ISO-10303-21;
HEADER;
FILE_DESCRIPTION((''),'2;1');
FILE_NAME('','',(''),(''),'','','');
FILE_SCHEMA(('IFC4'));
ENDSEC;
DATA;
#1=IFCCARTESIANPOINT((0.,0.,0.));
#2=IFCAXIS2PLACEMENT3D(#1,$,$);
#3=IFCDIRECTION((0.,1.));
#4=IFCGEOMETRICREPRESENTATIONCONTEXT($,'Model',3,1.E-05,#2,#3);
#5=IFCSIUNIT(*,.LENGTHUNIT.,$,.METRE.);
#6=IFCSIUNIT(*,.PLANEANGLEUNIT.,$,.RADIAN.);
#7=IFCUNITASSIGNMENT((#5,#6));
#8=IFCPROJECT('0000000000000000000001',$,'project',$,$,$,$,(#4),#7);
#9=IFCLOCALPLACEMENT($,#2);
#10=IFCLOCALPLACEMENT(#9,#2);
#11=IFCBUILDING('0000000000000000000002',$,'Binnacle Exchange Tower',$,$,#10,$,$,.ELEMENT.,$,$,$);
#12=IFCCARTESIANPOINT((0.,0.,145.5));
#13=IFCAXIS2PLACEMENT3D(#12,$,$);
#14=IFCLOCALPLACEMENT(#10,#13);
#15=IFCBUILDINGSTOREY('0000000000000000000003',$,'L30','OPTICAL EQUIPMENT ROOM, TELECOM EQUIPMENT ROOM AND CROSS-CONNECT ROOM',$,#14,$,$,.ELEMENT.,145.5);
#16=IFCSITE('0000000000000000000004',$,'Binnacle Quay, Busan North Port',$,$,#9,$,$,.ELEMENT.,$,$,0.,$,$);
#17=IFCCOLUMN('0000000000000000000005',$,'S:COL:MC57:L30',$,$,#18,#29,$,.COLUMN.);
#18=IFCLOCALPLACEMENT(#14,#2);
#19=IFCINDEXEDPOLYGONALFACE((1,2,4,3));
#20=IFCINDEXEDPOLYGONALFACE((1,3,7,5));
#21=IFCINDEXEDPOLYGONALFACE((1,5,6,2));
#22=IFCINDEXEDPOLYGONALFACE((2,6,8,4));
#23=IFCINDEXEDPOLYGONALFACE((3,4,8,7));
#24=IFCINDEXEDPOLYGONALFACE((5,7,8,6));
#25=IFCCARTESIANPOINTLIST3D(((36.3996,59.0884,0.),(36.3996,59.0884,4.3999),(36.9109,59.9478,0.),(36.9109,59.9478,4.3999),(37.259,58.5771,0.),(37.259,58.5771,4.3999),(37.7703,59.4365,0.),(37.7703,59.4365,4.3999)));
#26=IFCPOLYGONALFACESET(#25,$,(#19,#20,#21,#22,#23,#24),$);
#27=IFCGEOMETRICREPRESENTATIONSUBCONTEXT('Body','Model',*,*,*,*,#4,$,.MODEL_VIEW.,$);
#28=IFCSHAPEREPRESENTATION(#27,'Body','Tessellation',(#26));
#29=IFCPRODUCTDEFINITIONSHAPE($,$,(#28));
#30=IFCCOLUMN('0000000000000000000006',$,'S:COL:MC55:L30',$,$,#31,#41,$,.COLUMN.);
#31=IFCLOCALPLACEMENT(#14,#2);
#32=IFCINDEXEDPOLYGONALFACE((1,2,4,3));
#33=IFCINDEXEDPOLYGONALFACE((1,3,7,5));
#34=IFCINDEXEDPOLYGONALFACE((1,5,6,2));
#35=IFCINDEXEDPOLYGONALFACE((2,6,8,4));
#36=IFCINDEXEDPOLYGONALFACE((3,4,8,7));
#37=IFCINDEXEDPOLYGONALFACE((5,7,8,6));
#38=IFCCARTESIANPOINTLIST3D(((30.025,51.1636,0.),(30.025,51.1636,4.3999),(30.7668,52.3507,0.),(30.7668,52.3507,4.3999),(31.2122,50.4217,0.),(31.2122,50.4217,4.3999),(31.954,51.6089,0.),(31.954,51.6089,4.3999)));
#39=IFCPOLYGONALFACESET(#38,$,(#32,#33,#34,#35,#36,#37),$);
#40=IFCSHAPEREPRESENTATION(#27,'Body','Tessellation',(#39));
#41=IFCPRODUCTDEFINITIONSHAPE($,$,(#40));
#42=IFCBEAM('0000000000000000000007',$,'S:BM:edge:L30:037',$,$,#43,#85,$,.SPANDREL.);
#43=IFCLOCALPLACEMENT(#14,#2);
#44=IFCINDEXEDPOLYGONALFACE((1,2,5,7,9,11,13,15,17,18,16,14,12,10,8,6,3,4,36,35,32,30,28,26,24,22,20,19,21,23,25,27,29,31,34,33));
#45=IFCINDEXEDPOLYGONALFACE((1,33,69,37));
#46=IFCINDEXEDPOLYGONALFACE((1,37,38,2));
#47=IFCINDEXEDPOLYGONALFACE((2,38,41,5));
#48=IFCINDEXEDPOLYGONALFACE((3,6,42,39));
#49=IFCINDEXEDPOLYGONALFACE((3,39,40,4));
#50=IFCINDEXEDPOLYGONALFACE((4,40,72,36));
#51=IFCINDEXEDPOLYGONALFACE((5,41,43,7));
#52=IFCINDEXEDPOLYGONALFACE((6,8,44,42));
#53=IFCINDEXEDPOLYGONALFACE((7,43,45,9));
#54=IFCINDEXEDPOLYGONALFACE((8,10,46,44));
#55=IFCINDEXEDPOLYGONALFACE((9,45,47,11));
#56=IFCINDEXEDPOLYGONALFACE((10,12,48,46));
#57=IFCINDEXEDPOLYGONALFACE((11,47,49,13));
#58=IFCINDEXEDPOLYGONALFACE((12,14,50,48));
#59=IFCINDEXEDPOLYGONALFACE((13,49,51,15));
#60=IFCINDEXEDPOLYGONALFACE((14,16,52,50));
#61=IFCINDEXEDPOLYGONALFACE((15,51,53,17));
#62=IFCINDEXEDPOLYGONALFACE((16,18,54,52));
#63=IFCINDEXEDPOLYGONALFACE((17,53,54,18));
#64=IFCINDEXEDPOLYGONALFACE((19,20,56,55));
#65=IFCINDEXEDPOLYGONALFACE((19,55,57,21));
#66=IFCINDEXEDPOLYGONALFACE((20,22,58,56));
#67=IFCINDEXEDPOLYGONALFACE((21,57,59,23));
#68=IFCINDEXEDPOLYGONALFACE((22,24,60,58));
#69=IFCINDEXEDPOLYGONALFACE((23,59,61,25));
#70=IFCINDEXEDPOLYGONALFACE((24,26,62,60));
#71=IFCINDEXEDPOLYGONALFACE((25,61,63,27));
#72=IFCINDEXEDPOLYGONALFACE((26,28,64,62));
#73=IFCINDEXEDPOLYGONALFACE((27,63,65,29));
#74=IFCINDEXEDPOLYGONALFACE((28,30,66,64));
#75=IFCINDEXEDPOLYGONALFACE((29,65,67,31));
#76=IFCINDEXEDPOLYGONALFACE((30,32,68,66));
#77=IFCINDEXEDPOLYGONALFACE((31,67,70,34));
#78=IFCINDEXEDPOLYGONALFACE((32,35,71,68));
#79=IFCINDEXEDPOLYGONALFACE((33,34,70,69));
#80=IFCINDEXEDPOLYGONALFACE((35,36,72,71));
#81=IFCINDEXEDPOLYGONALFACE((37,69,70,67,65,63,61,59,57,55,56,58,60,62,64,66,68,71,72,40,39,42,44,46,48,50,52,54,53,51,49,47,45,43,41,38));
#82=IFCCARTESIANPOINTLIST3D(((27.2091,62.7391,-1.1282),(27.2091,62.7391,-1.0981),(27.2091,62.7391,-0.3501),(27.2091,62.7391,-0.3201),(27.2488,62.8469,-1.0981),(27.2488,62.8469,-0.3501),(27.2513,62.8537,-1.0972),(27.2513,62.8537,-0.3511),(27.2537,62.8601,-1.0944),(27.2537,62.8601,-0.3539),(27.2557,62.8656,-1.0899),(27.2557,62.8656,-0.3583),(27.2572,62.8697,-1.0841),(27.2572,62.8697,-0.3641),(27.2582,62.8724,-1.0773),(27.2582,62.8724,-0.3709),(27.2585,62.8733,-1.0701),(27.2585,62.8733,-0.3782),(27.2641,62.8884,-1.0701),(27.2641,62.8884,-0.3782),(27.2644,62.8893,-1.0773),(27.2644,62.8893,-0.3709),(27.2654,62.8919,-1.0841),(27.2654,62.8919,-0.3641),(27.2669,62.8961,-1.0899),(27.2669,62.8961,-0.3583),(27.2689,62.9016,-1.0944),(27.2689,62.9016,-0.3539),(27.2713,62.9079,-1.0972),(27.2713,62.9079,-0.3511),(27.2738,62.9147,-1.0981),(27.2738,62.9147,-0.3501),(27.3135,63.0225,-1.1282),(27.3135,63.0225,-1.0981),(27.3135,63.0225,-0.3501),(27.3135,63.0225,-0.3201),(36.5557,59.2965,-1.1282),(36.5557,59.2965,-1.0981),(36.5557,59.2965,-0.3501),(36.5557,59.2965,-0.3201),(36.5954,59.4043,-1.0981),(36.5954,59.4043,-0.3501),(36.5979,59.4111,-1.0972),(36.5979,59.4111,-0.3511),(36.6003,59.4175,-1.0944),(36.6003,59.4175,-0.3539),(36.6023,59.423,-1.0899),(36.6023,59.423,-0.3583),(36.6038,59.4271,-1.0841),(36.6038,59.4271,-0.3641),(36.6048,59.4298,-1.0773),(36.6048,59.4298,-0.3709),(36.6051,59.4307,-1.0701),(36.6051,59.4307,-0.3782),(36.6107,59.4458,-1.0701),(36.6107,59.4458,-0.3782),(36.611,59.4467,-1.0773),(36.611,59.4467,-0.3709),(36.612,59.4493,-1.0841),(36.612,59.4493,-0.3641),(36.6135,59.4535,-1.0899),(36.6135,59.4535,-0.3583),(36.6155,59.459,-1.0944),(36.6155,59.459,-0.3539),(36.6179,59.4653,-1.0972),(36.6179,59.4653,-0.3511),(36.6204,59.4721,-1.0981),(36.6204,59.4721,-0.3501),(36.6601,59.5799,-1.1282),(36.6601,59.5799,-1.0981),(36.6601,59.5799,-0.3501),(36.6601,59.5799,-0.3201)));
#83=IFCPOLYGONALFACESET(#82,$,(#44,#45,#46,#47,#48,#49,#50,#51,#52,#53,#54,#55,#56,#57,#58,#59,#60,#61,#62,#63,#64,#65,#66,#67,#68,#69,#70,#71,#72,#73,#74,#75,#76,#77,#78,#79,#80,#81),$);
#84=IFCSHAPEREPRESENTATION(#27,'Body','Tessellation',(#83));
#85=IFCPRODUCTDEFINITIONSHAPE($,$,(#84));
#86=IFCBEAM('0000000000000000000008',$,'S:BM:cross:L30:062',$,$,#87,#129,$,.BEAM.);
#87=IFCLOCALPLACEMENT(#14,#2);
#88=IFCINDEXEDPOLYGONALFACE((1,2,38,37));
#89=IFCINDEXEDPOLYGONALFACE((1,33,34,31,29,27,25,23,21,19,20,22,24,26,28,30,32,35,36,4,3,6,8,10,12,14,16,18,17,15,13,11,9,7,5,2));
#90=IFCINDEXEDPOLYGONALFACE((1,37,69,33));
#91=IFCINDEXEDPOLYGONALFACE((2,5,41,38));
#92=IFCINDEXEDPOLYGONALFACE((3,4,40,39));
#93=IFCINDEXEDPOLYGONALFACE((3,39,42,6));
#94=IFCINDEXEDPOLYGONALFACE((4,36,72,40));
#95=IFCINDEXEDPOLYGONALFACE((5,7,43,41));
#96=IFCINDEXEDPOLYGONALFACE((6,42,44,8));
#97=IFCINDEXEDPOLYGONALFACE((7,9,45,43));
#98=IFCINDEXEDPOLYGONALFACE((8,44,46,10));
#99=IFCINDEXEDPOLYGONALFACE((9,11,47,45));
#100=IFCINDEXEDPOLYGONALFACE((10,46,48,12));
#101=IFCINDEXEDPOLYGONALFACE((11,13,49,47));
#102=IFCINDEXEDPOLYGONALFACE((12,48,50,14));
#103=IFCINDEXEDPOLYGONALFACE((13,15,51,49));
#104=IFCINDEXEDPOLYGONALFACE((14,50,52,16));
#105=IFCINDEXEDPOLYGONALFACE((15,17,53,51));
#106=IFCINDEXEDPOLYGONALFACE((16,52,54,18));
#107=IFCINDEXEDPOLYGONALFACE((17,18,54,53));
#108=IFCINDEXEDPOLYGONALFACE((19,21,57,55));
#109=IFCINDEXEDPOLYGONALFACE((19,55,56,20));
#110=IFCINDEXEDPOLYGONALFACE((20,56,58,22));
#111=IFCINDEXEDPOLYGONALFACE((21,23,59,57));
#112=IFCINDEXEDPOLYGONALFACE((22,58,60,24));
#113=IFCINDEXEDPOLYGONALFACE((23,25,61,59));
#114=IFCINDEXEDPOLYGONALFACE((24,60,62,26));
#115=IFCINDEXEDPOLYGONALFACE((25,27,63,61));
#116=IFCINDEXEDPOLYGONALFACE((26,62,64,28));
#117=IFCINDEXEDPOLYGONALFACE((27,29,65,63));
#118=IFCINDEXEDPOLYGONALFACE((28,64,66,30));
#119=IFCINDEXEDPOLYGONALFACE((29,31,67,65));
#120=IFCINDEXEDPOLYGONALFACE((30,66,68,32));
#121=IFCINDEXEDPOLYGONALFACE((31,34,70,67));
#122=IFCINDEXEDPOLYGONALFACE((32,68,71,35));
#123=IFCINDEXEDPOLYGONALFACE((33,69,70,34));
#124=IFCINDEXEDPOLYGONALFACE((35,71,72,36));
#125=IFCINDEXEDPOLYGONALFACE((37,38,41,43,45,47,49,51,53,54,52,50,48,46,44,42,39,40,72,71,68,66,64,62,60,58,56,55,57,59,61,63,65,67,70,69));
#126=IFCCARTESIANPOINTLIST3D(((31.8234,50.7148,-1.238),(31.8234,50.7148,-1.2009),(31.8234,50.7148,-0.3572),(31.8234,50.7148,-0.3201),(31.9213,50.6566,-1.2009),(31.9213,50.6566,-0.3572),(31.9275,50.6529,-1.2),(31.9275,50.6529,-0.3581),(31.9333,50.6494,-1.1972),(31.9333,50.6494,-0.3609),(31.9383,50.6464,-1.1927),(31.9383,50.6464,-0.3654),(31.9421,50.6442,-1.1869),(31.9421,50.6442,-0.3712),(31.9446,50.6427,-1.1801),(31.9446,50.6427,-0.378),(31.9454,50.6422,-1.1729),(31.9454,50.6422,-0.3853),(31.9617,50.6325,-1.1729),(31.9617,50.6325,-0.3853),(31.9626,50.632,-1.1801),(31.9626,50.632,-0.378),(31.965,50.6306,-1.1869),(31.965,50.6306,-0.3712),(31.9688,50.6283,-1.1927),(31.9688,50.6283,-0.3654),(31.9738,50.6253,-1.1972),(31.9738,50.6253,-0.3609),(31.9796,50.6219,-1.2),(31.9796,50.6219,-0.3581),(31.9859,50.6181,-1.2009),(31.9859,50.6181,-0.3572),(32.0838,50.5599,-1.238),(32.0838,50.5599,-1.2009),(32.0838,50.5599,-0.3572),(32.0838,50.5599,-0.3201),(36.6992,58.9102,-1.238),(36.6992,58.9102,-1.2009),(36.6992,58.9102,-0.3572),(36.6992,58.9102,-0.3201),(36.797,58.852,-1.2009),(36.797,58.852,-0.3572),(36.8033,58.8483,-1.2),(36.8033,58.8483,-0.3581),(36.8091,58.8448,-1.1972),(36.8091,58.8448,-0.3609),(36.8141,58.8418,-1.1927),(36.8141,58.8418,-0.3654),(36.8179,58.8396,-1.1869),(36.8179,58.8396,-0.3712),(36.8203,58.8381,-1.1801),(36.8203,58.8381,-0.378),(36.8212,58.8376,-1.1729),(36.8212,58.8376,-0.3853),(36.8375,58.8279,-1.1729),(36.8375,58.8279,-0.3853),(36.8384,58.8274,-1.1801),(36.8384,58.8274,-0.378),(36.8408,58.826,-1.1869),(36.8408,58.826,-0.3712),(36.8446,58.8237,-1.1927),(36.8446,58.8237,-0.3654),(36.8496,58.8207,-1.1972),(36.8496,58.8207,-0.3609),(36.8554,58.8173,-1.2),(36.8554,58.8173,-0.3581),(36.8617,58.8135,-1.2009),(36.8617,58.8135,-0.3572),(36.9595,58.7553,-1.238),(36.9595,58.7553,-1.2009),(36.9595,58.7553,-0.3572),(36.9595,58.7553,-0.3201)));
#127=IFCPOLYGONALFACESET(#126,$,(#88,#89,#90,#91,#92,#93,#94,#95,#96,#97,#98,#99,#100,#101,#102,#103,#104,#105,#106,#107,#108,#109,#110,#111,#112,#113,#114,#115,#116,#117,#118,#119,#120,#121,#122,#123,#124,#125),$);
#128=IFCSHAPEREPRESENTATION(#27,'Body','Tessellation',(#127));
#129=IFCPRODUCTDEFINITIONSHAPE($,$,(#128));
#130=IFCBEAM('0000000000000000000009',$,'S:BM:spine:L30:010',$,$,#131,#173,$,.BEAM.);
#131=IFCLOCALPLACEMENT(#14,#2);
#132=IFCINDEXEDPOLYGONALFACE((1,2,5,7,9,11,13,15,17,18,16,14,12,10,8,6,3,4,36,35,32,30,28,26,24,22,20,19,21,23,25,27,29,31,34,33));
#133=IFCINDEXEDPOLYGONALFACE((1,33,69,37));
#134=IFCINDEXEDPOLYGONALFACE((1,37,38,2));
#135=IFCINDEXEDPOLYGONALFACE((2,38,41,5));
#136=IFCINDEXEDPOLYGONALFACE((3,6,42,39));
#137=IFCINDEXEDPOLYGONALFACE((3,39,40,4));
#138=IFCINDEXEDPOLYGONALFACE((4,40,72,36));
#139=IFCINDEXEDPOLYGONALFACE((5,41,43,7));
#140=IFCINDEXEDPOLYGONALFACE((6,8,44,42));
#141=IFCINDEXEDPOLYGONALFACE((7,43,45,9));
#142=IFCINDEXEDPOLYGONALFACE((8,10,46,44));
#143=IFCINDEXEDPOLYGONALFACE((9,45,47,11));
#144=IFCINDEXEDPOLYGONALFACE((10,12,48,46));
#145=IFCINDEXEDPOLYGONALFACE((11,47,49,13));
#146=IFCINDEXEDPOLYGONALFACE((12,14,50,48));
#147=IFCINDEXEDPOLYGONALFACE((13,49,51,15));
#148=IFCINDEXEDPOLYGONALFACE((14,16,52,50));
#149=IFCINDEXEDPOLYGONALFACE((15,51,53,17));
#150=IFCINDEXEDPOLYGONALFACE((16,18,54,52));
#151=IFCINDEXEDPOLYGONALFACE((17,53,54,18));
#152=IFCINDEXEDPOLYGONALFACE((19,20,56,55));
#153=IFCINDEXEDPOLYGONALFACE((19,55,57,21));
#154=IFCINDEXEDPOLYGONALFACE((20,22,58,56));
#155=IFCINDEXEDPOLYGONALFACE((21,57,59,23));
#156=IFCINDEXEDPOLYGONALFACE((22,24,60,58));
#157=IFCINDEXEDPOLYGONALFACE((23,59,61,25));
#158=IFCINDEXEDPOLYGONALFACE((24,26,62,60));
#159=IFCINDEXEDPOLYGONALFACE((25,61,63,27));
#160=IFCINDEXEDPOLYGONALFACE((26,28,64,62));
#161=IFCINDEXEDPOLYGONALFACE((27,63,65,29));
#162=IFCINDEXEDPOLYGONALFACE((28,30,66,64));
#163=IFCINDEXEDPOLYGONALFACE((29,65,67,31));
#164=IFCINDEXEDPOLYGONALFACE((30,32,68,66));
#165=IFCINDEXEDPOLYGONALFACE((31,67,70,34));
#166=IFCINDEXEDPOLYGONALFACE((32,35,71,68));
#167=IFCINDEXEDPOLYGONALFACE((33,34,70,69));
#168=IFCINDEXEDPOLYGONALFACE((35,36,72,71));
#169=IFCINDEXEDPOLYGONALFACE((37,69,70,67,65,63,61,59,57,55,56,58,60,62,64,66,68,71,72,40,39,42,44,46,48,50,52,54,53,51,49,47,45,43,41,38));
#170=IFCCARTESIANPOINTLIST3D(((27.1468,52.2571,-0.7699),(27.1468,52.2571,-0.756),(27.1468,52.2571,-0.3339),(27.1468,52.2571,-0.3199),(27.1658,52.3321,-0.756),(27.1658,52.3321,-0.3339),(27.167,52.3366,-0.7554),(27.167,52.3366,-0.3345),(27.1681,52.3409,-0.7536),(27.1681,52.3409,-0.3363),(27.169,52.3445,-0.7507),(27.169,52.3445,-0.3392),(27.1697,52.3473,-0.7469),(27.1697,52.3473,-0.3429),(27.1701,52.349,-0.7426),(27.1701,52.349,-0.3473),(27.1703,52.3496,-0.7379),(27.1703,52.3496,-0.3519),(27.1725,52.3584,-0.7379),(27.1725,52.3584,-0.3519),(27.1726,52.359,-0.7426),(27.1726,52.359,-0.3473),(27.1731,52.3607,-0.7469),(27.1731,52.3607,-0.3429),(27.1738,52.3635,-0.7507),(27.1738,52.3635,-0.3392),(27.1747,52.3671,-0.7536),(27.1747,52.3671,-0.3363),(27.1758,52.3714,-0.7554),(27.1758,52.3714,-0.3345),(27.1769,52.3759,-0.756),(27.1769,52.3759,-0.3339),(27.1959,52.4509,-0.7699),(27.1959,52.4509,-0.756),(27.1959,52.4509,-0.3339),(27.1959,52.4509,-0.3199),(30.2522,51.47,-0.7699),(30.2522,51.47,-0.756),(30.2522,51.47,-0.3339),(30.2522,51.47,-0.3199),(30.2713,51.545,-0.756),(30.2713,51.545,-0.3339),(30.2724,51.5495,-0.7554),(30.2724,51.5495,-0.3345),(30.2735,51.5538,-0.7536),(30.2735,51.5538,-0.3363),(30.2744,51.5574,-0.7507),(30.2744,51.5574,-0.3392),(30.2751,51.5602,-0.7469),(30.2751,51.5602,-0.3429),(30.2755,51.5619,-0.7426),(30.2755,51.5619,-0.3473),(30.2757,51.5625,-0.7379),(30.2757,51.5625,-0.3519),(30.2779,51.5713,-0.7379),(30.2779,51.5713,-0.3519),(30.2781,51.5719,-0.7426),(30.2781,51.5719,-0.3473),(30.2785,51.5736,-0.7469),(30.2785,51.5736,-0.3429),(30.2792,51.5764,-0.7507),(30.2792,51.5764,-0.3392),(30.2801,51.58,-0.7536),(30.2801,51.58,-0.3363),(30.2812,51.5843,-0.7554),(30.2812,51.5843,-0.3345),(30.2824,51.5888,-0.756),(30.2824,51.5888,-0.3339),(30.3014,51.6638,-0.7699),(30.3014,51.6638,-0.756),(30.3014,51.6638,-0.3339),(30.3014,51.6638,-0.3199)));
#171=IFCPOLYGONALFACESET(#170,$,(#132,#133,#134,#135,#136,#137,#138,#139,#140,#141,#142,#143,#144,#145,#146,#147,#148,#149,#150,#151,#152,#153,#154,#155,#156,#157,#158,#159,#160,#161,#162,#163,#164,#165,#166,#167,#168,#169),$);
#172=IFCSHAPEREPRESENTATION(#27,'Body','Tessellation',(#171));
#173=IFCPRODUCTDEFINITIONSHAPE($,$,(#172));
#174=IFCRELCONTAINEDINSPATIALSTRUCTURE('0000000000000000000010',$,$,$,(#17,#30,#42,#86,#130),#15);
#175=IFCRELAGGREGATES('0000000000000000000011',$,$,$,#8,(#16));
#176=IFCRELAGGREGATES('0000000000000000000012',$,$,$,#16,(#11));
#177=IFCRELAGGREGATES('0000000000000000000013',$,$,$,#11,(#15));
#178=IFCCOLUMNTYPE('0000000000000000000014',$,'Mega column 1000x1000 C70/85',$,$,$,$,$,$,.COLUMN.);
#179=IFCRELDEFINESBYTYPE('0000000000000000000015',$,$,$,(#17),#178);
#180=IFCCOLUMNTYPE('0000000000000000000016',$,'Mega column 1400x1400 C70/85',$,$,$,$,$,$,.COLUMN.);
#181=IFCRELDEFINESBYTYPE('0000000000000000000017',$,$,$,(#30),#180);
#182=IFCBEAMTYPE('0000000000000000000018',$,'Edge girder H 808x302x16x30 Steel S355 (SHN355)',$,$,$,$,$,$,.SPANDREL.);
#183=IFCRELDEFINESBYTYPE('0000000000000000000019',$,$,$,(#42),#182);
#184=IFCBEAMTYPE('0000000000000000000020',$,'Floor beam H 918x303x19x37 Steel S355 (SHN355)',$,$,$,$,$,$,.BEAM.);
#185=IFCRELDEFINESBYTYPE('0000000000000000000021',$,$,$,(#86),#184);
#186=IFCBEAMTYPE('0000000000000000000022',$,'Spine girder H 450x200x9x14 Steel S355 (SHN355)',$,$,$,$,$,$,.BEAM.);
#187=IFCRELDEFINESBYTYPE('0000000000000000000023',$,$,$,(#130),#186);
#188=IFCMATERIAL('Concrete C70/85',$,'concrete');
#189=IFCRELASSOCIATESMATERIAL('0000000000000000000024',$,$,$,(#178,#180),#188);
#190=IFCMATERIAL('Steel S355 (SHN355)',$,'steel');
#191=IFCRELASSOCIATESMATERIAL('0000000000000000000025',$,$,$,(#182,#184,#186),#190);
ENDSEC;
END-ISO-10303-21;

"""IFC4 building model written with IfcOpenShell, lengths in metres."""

from ifc_helpers import new_model, si_unit, direction, frame, origin, origin_2d, place, context, subcontext, project, spatial, rectangle, i_section, extrude, material, material_profile, profile_set, type_object, element, save


model = new_model("IFC4")

# Units and contexts
model_context = context("Model", 3, precision=1e-05, world=origin(), true_north=direction((0.0, 1.0)))
body_context = subcontext(model_context, "Body", "Model", "MODEL_VIEW")
ifc_project = project(units=[si_unit("LENGTHUNIT", "METRE"), si_unit("PLANEANGLEUNIT", "RADIAN")], contexts=[model_context])

# Site, building, storey
site_placement = place(None, origin())
site = spatial("IfcSite", under=ifc_project, at=site_placement, Name="Binnacle Quay, Busan North Port", CompositionType="ELEMENT", RefElevation=0.0)
building_placement = place(site_placement, origin())
building = spatial("IfcBuilding", under=site, at=building_placement, Name="Binnacle Exchange Tower", CompositionType="ELEMENT")
storey_placement = place(building_placement, frame((0.0, 0.0, 145.5)))
storey = spatial("IfcBuildingStorey", under=building, at=storey_placement, Name="L30", Description="OPTICAL EQUIPMENT ROOM, TELECOM EQUIPMENT ROOM AND CROSS-CONNECT ROOM", CompositionType="ELEMENT", Elevation=145.5)

# Columns
ifc_material_1 = material(Name="Concrete C70/85", Category="concrete")
ifc_material_profile_1 = material_profile(ifc_material_1, rectangle(XDim=1.0, YDim=1.0, at=origin_2d()), Name="Mega column 1000x1000 C70/85")
ifc_profile_set_1 = profile_set([ifc_material_profile_1], Name="Concrete C70/85")
column_type_1 = type_object("IfcColumnType", Name="Mega column 1000x1000 C70/85", PredefinedType="COLUMN", material=ifc_profile_set_1)
column_1_placement = place(storey_placement, frame((37.085, 59.2625, 0.0), z_axis=(0.0, 0.0, 1.0), x_axis=(-0.859406, 0.511293, 0.0)))
element("IfcColumn", 1, at=column_1_placement, inside=storey, type_object=column_type_1, Name="S:COL:MC57:L30", PredefinedType="COLUMN", context=body_context, shape_type="SweptSolid", body=[
    extrude(rectangle(XDim=1.0, YDim=1.0, at=origin_2d()), origin(), (0.0, 0.0, 1.0), 4.3999),
])
ifc_material_profile_2 = material_profile(ifc_material_1, rectangle(XDim=1.3999, YDim=1.3999, at=origin_2d()), Name="Mega column 1400x1400 C70/85")
ifc_profile_set_2 = profile_set([ifc_material_profile_2], Name="Concrete C70/85")
column_type_2 = type_object("IfcColumnType", Name="Mega column 1400x1400 C70/85", PredefinedType="COLUMN", material=ifc_profile_set_2)
column_2_placement = place(storey_placement, frame((30.9895, 51.3862, 0.0), z_axis=(0.0, 0.0, 1.0), x_axis=(0.529919, 0.848048, 0.0)))
element("IfcColumn", 2, at=column_2_placement, inside=storey, type_object=column_type_2, Name="S:COL:MC55:L30", PredefinedType="COLUMN", context=body_context, shape_type="SweptSolid", body=[
    extrude(rectangle(XDim=1.3999, YDim=1.3999, at=origin_2d()), origin(), (0.0, 0.0, 1.0), 4.3999),
])

# Beams
ifc_material_2 = material(Name="Steel S355 (SHN355)", Category="steel")
ifc_material_profile_3 = material_profile(ifc_material_2, i_section(OverallWidth=0.302, OverallDepth=0.8081, WebThickness=0.0161, FlangeThickness=0.03, FilletRadius=0.0281, at=origin_2d()), Name="H 808x302x16x30")
ifc_profile_set_3 = profile_set([ifc_material_profile_3], Name="Steel S355 (SHN355)")
beam_type_1 = type_object("IfcBeamType", Name="Edge girder H 808x302x16x30 Steel S355 (SHN355)", PredefinedType="SPANDREL", material=ifc_profile_set_3)
beam_1_placement = place(storey_placement, frame((36.6079, 59.4382, -0.7241), z_axis=(-0.938372, 0.345627, 0.0), x_axis=(-0.345627, -0.938372, 0.0)))
element("IfcBeam", 3, at=beam_1_placement, inside=storey, type_object=beam_type_1, Name="S:BM:edge:L30:037", PredefinedType="SPANDREL", context=body_context, shape_type="SweptSolid", body=[
    extrude(i_section(OverallWidth=0.302, OverallDepth=0.8081, WebThickness=0.0161, FlangeThickness=0.03, FilletRadius=0.0281, at=origin_2d()), origin(), (0.0, 0.0, 1.0), 9.9604),
])
ifc_material_profile_4 = material_profile(ifc_material_2, i_section(OverallWidth=0.303, OverallDepth=0.918, WebThickness=0.019, FlangeThickness=0.0371, FilletRadius=0.0281, at=origin_2d()), Name="H 918x303x19x37")
ifc_profile_set_4 = profile_set([ifc_material_profile_4], Name="Steel S355 (SHN355)")
beam_type_2 = type_object("IfcBeamType", Name="Floor beam H 918x303x19x37 Steel S355 (SHN355)", PredefinedType="BEAM", material=ifc_profile_set_4)
beam_2_placement = place(storey_placement, frame((36.8293, 58.8328, -0.7791), z_axis=(-0.511296, -0.859405, 0.0), x_axis=(0.859405, -0.511296, 0.0)))
element("IfcBeam", 4, at=beam_2_placement, inside=storey, type_object=beam_type_2, Name="S:BM:cross:L30:062", PredefinedType="BEAM", context=body_context, shape_type="SweptSolid", body=[
    extrude(i_section(OverallWidth=0.303, OverallDepth=0.918, WebThickness=0.019, FlangeThickness=0.0371, FilletRadius=0.0281, at=origin_2d()), origin(), (0.0, 0.0, 1.0), 9.5361),
])
ifc_material_profile_5 = material_profile(ifc_material_2, i_section(OverallWidth=0.2, OverallDepth=0.45, WebThickness=0.009, FlangeThickness=0.0139, FilletRadius=0.0181, at=origin_2d()), Name="H 450x200x9x14")
ifc_profile_set_5 = profile_set([ifc_material_profile_5], Name="Steel S355 (SHN355)")
beam_type_3 = type_object("IfcBeamType", Name="Spine girder H 450x200x9x14 Steel S355 (SHN355)", PredefinedType="BEAM", material=ifc_profile_set_5)
beam_3_placement = place(storey_placement, frame((27.1714, 52.354, -0.5449), z_axis=(0.969348, -0.24569, 0.0), x_axis=(0.24569, 0.969348, 0.0)))
element("IfcBeam", 5, at=beam_3_placement, inside=storey, type_object=beam_type_3, Name="S:BM:spine:L30:010", PredefinedType="BEAM", context=body_context, shape_type="SweptSolid", body=[
    extrude(i_section(OverallWidth=0.2, OverallDepth=0.45, WebThickness=0.009, FlangeThickness=0.0139, FilletRadius=0.0181, at=origin_2d()), origin(), (0.0, 0.0, 1.0), 3.2036),
])

save(model, "model.ifc")
